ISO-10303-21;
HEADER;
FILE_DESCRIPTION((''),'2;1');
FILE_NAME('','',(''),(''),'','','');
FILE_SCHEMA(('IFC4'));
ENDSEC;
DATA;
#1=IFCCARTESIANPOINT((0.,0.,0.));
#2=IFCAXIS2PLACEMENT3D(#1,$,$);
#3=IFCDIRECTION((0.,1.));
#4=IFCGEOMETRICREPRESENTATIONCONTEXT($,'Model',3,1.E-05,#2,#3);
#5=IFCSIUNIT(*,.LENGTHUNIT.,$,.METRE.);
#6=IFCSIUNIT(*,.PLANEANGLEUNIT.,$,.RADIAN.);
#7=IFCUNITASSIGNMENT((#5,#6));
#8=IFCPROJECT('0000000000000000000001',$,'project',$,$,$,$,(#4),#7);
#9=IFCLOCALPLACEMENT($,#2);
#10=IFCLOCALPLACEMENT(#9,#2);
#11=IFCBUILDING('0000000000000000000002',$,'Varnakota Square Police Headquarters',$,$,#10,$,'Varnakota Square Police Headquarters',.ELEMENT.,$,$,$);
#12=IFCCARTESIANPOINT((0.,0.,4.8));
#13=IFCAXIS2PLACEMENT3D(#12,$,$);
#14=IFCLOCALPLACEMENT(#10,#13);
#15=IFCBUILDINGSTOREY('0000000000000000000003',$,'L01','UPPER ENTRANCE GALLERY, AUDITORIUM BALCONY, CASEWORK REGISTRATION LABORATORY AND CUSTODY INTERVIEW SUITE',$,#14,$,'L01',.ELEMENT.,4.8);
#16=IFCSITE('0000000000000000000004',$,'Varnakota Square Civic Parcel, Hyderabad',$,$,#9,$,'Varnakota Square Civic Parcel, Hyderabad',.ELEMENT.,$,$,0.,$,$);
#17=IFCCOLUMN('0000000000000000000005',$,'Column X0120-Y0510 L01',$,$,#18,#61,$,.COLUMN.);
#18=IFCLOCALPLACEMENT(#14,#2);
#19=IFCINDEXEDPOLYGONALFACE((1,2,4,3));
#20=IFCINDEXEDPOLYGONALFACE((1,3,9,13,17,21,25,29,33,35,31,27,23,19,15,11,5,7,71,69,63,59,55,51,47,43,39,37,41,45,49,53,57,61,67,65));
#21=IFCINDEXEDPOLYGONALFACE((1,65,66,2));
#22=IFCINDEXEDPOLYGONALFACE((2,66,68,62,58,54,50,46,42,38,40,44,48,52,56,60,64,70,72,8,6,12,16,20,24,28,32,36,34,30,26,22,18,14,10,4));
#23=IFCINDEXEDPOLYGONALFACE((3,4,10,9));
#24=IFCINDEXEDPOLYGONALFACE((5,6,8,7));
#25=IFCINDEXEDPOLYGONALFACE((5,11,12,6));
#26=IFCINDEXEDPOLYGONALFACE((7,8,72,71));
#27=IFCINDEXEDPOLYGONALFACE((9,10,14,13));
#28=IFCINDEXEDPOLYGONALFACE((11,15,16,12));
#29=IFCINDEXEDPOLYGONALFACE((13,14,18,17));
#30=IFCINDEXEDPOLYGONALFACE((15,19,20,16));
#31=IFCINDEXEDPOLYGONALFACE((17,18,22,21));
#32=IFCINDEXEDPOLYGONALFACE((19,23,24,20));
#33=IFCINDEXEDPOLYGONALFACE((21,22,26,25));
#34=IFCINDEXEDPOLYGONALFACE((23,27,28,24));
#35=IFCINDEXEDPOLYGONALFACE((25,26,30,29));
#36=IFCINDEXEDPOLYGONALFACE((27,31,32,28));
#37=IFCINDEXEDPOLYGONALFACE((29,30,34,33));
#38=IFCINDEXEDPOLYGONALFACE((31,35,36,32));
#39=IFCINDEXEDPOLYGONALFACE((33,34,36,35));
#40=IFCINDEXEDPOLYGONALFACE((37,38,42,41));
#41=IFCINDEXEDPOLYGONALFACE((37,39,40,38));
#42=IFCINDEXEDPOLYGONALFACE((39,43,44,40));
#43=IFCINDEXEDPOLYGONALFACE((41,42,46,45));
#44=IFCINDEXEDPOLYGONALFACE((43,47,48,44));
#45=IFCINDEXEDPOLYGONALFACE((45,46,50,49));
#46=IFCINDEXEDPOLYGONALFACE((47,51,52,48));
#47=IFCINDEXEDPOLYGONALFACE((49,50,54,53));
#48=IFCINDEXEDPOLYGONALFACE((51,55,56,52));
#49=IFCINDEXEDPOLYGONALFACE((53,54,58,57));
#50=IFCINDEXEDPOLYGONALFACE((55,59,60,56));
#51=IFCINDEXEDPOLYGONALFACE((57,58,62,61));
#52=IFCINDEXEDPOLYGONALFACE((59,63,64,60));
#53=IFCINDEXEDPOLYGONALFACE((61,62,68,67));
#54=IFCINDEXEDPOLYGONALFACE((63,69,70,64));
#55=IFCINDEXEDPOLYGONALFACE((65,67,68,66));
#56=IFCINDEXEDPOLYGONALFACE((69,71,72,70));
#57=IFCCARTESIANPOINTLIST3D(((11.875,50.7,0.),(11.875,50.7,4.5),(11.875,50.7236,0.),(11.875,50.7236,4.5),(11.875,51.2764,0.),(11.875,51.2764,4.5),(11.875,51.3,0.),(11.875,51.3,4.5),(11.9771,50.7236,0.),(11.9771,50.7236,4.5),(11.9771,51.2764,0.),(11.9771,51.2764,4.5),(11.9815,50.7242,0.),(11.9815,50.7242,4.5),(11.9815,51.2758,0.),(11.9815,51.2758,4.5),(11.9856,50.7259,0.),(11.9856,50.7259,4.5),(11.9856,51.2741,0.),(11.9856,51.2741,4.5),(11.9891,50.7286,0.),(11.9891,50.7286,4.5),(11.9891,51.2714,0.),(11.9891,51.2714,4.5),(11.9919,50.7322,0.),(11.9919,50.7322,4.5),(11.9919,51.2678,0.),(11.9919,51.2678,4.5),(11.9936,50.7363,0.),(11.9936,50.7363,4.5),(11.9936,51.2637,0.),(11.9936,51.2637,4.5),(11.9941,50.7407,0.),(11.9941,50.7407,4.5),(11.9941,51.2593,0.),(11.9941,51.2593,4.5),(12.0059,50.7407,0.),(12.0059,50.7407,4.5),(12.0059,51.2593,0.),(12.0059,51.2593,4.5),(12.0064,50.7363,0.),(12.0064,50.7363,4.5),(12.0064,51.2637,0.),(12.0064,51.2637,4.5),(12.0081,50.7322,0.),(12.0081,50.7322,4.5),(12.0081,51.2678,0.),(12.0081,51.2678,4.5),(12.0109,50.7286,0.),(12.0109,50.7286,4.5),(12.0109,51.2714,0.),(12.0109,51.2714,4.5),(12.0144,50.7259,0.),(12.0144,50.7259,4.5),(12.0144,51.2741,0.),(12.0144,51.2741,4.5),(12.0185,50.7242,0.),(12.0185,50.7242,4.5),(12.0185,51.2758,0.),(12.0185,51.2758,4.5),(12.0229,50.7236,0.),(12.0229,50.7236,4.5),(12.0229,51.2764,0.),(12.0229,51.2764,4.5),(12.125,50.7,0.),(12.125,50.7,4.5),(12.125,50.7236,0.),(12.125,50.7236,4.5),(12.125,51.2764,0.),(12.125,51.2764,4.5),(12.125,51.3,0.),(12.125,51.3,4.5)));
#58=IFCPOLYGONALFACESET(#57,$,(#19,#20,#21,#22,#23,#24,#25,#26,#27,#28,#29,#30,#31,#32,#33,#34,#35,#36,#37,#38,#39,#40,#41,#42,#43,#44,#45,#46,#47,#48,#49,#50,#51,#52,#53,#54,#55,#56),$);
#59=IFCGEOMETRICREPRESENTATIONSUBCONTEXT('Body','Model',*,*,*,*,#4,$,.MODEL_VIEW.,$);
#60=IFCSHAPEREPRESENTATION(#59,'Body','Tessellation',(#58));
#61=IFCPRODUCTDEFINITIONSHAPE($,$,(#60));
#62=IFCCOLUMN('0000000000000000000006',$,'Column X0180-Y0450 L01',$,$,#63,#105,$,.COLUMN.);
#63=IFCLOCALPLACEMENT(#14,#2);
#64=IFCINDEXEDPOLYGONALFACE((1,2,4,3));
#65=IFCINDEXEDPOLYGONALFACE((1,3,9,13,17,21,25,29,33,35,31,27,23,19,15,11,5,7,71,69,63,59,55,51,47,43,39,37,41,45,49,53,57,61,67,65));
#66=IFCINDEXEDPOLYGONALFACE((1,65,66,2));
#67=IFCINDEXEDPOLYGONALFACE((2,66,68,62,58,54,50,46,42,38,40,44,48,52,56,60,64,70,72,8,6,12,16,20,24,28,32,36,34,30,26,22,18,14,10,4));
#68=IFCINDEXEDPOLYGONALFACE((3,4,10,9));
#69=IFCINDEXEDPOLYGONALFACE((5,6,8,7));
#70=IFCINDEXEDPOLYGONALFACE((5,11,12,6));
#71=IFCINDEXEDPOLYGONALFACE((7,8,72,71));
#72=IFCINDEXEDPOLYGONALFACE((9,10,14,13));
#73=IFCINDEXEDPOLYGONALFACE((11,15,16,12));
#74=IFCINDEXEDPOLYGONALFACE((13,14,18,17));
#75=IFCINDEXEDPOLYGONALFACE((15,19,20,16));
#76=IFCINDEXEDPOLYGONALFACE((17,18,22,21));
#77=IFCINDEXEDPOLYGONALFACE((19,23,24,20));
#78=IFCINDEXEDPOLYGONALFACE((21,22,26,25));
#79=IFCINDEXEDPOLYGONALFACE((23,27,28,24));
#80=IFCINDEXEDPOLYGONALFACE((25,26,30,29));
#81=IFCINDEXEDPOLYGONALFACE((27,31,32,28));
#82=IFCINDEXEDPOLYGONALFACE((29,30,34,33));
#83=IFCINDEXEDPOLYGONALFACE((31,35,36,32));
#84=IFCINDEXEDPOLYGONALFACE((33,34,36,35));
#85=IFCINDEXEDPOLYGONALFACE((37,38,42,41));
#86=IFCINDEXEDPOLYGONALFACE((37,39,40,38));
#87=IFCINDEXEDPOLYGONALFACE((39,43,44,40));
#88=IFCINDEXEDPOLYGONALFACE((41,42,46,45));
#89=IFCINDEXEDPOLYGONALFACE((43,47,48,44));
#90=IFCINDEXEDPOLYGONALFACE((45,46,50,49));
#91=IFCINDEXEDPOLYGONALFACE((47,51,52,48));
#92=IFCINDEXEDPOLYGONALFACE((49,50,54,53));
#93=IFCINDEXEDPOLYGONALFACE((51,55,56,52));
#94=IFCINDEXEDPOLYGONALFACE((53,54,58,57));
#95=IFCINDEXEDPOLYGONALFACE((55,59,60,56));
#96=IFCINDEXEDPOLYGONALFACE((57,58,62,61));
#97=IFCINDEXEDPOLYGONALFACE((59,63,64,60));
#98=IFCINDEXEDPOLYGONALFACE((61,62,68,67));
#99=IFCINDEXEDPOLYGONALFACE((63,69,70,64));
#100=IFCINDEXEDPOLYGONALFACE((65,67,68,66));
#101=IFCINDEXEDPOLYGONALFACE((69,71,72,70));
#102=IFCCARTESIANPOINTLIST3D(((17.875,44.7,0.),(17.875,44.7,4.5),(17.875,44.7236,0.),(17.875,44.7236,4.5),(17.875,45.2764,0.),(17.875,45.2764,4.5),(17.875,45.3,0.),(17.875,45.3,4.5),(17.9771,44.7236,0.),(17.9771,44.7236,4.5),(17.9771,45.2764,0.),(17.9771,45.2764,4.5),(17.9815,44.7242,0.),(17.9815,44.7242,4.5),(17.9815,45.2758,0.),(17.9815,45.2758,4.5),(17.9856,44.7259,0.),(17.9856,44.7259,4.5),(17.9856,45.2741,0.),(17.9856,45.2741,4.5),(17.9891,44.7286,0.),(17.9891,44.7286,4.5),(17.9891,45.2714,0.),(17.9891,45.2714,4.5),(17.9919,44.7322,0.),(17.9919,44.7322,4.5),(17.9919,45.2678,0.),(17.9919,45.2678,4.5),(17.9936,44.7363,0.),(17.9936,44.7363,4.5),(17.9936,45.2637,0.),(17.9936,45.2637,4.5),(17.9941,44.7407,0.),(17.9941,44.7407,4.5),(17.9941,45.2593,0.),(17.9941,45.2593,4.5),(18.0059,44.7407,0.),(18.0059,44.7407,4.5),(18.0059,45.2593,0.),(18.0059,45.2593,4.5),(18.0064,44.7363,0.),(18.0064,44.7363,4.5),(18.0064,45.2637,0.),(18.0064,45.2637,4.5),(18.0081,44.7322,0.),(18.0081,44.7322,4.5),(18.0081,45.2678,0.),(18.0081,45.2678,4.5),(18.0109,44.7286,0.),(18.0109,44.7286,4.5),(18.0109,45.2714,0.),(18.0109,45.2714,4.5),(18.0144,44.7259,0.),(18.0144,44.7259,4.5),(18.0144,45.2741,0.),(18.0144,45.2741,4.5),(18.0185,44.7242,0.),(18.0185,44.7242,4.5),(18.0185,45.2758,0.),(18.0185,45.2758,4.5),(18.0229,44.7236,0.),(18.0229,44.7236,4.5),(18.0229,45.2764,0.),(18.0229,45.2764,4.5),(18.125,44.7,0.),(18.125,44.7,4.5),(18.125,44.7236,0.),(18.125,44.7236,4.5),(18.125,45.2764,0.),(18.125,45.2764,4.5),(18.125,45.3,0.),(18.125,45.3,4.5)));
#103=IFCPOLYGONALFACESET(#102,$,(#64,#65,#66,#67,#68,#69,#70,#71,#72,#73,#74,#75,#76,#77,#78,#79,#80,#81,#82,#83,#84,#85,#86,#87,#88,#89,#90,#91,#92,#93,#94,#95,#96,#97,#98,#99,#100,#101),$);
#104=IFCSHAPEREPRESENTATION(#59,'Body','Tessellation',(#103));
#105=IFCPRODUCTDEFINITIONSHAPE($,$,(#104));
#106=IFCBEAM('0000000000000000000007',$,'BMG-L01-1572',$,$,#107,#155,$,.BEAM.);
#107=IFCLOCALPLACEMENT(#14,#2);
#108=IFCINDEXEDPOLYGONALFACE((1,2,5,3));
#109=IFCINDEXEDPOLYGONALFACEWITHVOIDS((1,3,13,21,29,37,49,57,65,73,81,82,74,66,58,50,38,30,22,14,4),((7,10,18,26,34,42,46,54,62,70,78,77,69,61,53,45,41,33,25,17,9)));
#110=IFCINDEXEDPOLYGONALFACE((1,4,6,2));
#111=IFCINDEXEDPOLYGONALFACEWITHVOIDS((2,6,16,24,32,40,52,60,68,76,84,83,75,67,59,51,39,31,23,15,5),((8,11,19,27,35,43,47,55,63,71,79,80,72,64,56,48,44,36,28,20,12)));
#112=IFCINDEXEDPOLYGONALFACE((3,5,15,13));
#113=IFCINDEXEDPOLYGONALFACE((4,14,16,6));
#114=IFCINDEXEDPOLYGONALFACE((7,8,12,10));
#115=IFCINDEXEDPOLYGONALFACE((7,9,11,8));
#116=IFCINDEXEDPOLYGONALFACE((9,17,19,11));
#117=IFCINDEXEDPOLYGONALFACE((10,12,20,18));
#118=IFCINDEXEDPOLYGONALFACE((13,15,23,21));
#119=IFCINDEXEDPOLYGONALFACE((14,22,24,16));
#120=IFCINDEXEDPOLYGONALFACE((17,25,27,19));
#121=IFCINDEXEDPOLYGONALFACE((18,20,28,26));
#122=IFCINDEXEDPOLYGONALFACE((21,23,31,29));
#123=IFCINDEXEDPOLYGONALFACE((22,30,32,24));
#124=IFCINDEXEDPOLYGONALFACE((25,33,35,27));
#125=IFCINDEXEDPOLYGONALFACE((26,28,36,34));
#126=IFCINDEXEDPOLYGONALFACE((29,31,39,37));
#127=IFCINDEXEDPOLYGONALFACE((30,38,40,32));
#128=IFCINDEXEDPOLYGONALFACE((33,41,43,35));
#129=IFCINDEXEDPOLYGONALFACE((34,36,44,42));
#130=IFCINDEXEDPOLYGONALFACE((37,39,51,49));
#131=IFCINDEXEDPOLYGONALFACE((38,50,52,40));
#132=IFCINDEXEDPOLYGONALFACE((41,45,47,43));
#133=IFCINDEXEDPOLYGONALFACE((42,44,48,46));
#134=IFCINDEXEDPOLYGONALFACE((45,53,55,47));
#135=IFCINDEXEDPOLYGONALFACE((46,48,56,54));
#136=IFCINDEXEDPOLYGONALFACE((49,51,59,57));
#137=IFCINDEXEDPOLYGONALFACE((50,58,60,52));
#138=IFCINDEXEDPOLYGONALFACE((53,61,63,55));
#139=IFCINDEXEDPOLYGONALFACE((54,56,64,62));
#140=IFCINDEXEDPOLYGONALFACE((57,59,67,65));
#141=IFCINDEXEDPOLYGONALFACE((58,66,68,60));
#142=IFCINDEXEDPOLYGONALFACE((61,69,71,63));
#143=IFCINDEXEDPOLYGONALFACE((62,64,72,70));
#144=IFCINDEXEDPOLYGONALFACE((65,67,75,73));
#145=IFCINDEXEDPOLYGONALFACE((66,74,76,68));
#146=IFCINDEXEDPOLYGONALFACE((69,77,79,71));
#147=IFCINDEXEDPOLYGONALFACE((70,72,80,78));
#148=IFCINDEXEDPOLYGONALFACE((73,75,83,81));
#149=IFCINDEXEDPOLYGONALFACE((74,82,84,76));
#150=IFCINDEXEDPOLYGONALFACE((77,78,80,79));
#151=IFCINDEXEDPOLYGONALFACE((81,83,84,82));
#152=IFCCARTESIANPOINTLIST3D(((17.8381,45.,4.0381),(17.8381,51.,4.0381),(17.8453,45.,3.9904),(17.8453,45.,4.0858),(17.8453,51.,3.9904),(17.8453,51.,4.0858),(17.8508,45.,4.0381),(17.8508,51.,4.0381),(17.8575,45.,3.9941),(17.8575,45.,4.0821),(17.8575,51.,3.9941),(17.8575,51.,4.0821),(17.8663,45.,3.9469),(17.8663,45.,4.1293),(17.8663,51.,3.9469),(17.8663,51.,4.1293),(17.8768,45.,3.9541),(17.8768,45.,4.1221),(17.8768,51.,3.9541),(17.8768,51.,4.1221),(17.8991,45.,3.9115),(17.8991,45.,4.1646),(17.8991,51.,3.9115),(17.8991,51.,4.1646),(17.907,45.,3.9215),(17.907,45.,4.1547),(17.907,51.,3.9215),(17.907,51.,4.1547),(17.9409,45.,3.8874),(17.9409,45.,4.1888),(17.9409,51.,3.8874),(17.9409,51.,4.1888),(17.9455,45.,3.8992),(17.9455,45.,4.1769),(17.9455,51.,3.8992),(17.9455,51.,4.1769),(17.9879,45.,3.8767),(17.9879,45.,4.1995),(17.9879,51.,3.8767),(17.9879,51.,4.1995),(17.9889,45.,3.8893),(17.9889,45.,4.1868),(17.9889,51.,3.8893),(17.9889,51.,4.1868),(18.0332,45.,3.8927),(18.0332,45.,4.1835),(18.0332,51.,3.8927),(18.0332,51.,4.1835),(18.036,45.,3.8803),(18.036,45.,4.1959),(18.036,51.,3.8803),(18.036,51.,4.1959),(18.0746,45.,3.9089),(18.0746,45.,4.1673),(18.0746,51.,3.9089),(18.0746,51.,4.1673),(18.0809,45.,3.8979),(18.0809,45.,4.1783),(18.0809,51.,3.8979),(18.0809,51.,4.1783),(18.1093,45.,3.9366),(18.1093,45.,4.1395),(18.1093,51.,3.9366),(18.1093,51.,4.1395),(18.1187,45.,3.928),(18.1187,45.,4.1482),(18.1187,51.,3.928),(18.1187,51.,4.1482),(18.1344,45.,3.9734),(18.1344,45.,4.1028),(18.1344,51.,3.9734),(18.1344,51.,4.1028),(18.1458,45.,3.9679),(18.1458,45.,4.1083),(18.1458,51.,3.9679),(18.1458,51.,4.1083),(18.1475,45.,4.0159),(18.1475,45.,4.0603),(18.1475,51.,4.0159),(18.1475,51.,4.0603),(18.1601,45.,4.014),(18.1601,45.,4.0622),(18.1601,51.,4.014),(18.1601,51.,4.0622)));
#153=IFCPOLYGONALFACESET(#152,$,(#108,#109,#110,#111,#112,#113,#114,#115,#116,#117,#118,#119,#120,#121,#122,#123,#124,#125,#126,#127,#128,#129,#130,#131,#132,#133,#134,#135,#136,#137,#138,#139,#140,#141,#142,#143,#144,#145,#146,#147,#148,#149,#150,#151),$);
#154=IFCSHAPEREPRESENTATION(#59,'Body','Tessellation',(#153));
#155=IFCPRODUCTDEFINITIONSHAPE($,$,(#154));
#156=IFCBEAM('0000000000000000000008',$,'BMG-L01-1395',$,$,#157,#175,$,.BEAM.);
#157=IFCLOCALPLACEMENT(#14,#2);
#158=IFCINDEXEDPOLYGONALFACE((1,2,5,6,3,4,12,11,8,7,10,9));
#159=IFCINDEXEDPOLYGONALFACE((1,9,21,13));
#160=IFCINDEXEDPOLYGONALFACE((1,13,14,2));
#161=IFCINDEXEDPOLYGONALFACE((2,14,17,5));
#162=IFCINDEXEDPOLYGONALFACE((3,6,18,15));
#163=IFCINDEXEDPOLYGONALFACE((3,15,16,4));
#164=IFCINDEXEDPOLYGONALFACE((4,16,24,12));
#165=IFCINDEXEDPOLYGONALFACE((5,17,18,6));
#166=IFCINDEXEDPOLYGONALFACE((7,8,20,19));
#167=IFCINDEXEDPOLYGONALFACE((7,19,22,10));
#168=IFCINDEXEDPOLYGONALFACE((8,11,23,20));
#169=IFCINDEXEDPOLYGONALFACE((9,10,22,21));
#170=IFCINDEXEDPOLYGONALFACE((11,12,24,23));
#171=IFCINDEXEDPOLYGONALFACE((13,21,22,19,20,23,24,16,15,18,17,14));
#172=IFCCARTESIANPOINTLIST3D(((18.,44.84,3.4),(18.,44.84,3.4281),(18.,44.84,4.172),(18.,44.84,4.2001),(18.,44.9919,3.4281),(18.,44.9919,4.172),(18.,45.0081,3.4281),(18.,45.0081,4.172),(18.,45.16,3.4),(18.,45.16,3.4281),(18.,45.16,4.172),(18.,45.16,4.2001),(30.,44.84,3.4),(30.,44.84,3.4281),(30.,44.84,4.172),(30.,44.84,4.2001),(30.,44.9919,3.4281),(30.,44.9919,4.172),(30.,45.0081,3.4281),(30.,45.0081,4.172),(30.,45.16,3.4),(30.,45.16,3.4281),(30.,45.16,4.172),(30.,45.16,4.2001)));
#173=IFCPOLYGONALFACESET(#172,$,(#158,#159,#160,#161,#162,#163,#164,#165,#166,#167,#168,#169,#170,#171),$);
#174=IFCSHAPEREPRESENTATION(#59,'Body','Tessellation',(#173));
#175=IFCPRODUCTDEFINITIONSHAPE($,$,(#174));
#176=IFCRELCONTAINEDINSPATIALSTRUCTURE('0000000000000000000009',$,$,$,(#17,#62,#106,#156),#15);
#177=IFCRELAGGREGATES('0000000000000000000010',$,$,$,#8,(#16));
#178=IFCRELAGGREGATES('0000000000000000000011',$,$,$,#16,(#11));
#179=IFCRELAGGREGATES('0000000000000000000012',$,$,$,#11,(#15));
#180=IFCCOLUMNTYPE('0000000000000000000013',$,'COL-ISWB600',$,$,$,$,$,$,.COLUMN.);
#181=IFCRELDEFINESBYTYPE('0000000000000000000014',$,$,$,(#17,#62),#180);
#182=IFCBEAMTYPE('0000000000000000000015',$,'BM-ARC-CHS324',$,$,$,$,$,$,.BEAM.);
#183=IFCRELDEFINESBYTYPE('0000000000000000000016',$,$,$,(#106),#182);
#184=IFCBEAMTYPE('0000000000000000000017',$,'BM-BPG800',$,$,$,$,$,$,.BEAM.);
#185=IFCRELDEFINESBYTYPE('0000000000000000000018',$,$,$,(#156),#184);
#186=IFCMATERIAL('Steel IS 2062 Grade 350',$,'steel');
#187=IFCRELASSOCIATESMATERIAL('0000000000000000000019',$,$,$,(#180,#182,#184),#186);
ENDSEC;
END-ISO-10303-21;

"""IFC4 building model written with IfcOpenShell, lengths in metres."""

from ifc_helpers import new_model, si_unit, direction, frame, origin, origin_2d, place, context, subcontext, project, spatial, hollow_circle, i_section, extrude, material, material_profile, profile_set, type_object, element, save


model = new_model("IFC4")

# Units and contexts
model_context = context("Model", 3, precision=1e-05, world=origin(), true_north=direction((0.0, 1.0)))
body_context = subcontext(model_context, "Body", "Model", "MODEL_VIEW")
ifc_project = project(units=[si_unit("LENGTHUNIT", "METRE"), si_unit("PLANEANGLEUNIT", "RADIAN")], contexts=[model_context])

# Site, building, storey
site_placement = place(None, origin())
site = spatial("IfcSite", under=ifc_project, at=site_placement, Name="Varnakota Square Civic Parcel, Hyderabad", LongName="Varnakota Square Civic Parcel, Hyderabad", CompositionType="ELEMENT", RefElevation=0.0)
building_placement = place(site_placement, origin())
building = spatial("IfcBuilding", under=site, at=building_placement, Name="Varnakota Square Police Headquarters", LongName="Varnakota Square Police Headquarters", CompositionType="ELEMENT")
storey_placement = place(building_placement, frame((0.0, 0.0, 4.8)))
storey = spatial("IfcBuildingStorey", under=building, at=storey_placement, Name="L01", Description="UPPER ENTRANCE GALLERY, AUDITORIUM BALCONY, CASEWORK REGISTRATION LABORATORY AND CUSTODY INTERVIEW SUITE", LongName="L01", CompositionType="ELEMENT", Elevation=4.8)

# Columns
ifc_material_1 = material(Name="Steel IS 2062 Grade 350", Category="steel")
ifc_material_profile_1 = material_profile(ifc_material_1, i_section(OverallWidth=0.25, OverallDepth=0.6001, WebThickness=0.0117, FlangeThickness=0.0237, FilletRadius=0.0171, at=origin_2d()), Name="ISWB 600")
ifc_profile_set_1 = profile_set([ifc_material_profile_1], Name="Steel IS 2062 Grade 350")
column_type = type_object("IfcColumnType", Name="COL-ISWB600", PredefinedType="COLUMN", material=ifc_profile_set_1)
for number, where, z_axis, x_axis, name in (
    (1, (12.0, 51.0, 0.0), (0.0, 0.0, 1.0), (1.0, 0.0, 0.0), "Column X0120-Y0510 L01"),
    (2, (18.0, 45.0, 0.0), (0.0, 0.0, 1.0), (1.0, 0.0, 0.0), "Column X0180-Y0450 L01"),
):
    element("IfcColumn", number, at=place(storey_placement, frame(where, z_axis=z_axis, x_axis=x_axis)), inside=storey, type_object=column_type, Name=name, PredefinedType="COLUMN", context=body_context, shape_type="SweptSolid", body=[
        extrude(i_section(OverallWidth=0.25, OverallDepth=0.6001, WebThickness=0.0117, FlangeThickness=0.0237, FilletRadius=0.0171, at=origin_2d()), origin(), (0.0, 0.0, 1.0), 4.5),
    ])

# Beams
ifc_material_profile_2 = material_profile(ifc_material_1, hollow_circle(Radius=0.1619, WallThickness=0.0127, at=origin_2d()), Name="CHS 323.9x12.7")
ifc_profile_set_2 = profile_set([ifc_material_profile_2], Name="Steel IS 2062 Grade 350")
beam_type_1 = type_object("IfcBeamType", Name="BM-ARC-CHS324", PredefinedType="BEAM", material=ifc_profile_set_2)
beam_1_placement = place(storey_placement, frame((18.0, 45.0, 4.0381), z_axis=(0.0, 1.0, 0.0), x_axis=(-1.0, 0.0, 0.0)))
element("IfcBeam", 3, at=beam_1_placement, inside=storey, type_object=beam_type_1, Name="BMG-L01-1572", PredefinedType="BEAM", context=body_context, shape_type="SweptSolid", body=[
    extrude(hollow_circle(Radius=0.1619, WallThickness=0.0127, at=origin_2d()), origin(), (0.0, 0.0, 1.0), 6.0),
])
ifc_material_profile_3 = material_profile(ifc_material_1, i_section(OverallWidth=0.3201, OverallDepth=0.8, WebThickness=0.0161, FlangeThickness=0.0281, at=origin_2d()), Name="BPG 800x320")
ifc_profile_set_3 = profile_set([ifc_material_profile_3], Name="Steel IS 2062 Grade 350")
beam_type_2 = type_object("IfcBeamType", Name="BM-BPG800", PredefinedType="BEAM", material=ifc_profile_set_3)
beam_2_placement = place(storey_placement, frame((18.0, 45.0, 3.8), z_axis=(1.0, 0.0, 0.0), x_axis=(0.0, 1.0, 0.0)))
element("IfcBeam", 4, at=beam_2_placement, inside=storey, type_object=beam_type_2, Name="BMG-L01-1395", PredefinedType="BEAM", context=body_context, shape_type="SweptSolid", body=[
    extrude(i_section(OverallWidth=0.3201, OverallDepth=0.8, WebThickness=0.0161, FlangeThickness=0.0281, at=origin_2d()), origin(), (0.0, 0.0, 1.0), 12.0),
])

save(model, "model.ifc")
